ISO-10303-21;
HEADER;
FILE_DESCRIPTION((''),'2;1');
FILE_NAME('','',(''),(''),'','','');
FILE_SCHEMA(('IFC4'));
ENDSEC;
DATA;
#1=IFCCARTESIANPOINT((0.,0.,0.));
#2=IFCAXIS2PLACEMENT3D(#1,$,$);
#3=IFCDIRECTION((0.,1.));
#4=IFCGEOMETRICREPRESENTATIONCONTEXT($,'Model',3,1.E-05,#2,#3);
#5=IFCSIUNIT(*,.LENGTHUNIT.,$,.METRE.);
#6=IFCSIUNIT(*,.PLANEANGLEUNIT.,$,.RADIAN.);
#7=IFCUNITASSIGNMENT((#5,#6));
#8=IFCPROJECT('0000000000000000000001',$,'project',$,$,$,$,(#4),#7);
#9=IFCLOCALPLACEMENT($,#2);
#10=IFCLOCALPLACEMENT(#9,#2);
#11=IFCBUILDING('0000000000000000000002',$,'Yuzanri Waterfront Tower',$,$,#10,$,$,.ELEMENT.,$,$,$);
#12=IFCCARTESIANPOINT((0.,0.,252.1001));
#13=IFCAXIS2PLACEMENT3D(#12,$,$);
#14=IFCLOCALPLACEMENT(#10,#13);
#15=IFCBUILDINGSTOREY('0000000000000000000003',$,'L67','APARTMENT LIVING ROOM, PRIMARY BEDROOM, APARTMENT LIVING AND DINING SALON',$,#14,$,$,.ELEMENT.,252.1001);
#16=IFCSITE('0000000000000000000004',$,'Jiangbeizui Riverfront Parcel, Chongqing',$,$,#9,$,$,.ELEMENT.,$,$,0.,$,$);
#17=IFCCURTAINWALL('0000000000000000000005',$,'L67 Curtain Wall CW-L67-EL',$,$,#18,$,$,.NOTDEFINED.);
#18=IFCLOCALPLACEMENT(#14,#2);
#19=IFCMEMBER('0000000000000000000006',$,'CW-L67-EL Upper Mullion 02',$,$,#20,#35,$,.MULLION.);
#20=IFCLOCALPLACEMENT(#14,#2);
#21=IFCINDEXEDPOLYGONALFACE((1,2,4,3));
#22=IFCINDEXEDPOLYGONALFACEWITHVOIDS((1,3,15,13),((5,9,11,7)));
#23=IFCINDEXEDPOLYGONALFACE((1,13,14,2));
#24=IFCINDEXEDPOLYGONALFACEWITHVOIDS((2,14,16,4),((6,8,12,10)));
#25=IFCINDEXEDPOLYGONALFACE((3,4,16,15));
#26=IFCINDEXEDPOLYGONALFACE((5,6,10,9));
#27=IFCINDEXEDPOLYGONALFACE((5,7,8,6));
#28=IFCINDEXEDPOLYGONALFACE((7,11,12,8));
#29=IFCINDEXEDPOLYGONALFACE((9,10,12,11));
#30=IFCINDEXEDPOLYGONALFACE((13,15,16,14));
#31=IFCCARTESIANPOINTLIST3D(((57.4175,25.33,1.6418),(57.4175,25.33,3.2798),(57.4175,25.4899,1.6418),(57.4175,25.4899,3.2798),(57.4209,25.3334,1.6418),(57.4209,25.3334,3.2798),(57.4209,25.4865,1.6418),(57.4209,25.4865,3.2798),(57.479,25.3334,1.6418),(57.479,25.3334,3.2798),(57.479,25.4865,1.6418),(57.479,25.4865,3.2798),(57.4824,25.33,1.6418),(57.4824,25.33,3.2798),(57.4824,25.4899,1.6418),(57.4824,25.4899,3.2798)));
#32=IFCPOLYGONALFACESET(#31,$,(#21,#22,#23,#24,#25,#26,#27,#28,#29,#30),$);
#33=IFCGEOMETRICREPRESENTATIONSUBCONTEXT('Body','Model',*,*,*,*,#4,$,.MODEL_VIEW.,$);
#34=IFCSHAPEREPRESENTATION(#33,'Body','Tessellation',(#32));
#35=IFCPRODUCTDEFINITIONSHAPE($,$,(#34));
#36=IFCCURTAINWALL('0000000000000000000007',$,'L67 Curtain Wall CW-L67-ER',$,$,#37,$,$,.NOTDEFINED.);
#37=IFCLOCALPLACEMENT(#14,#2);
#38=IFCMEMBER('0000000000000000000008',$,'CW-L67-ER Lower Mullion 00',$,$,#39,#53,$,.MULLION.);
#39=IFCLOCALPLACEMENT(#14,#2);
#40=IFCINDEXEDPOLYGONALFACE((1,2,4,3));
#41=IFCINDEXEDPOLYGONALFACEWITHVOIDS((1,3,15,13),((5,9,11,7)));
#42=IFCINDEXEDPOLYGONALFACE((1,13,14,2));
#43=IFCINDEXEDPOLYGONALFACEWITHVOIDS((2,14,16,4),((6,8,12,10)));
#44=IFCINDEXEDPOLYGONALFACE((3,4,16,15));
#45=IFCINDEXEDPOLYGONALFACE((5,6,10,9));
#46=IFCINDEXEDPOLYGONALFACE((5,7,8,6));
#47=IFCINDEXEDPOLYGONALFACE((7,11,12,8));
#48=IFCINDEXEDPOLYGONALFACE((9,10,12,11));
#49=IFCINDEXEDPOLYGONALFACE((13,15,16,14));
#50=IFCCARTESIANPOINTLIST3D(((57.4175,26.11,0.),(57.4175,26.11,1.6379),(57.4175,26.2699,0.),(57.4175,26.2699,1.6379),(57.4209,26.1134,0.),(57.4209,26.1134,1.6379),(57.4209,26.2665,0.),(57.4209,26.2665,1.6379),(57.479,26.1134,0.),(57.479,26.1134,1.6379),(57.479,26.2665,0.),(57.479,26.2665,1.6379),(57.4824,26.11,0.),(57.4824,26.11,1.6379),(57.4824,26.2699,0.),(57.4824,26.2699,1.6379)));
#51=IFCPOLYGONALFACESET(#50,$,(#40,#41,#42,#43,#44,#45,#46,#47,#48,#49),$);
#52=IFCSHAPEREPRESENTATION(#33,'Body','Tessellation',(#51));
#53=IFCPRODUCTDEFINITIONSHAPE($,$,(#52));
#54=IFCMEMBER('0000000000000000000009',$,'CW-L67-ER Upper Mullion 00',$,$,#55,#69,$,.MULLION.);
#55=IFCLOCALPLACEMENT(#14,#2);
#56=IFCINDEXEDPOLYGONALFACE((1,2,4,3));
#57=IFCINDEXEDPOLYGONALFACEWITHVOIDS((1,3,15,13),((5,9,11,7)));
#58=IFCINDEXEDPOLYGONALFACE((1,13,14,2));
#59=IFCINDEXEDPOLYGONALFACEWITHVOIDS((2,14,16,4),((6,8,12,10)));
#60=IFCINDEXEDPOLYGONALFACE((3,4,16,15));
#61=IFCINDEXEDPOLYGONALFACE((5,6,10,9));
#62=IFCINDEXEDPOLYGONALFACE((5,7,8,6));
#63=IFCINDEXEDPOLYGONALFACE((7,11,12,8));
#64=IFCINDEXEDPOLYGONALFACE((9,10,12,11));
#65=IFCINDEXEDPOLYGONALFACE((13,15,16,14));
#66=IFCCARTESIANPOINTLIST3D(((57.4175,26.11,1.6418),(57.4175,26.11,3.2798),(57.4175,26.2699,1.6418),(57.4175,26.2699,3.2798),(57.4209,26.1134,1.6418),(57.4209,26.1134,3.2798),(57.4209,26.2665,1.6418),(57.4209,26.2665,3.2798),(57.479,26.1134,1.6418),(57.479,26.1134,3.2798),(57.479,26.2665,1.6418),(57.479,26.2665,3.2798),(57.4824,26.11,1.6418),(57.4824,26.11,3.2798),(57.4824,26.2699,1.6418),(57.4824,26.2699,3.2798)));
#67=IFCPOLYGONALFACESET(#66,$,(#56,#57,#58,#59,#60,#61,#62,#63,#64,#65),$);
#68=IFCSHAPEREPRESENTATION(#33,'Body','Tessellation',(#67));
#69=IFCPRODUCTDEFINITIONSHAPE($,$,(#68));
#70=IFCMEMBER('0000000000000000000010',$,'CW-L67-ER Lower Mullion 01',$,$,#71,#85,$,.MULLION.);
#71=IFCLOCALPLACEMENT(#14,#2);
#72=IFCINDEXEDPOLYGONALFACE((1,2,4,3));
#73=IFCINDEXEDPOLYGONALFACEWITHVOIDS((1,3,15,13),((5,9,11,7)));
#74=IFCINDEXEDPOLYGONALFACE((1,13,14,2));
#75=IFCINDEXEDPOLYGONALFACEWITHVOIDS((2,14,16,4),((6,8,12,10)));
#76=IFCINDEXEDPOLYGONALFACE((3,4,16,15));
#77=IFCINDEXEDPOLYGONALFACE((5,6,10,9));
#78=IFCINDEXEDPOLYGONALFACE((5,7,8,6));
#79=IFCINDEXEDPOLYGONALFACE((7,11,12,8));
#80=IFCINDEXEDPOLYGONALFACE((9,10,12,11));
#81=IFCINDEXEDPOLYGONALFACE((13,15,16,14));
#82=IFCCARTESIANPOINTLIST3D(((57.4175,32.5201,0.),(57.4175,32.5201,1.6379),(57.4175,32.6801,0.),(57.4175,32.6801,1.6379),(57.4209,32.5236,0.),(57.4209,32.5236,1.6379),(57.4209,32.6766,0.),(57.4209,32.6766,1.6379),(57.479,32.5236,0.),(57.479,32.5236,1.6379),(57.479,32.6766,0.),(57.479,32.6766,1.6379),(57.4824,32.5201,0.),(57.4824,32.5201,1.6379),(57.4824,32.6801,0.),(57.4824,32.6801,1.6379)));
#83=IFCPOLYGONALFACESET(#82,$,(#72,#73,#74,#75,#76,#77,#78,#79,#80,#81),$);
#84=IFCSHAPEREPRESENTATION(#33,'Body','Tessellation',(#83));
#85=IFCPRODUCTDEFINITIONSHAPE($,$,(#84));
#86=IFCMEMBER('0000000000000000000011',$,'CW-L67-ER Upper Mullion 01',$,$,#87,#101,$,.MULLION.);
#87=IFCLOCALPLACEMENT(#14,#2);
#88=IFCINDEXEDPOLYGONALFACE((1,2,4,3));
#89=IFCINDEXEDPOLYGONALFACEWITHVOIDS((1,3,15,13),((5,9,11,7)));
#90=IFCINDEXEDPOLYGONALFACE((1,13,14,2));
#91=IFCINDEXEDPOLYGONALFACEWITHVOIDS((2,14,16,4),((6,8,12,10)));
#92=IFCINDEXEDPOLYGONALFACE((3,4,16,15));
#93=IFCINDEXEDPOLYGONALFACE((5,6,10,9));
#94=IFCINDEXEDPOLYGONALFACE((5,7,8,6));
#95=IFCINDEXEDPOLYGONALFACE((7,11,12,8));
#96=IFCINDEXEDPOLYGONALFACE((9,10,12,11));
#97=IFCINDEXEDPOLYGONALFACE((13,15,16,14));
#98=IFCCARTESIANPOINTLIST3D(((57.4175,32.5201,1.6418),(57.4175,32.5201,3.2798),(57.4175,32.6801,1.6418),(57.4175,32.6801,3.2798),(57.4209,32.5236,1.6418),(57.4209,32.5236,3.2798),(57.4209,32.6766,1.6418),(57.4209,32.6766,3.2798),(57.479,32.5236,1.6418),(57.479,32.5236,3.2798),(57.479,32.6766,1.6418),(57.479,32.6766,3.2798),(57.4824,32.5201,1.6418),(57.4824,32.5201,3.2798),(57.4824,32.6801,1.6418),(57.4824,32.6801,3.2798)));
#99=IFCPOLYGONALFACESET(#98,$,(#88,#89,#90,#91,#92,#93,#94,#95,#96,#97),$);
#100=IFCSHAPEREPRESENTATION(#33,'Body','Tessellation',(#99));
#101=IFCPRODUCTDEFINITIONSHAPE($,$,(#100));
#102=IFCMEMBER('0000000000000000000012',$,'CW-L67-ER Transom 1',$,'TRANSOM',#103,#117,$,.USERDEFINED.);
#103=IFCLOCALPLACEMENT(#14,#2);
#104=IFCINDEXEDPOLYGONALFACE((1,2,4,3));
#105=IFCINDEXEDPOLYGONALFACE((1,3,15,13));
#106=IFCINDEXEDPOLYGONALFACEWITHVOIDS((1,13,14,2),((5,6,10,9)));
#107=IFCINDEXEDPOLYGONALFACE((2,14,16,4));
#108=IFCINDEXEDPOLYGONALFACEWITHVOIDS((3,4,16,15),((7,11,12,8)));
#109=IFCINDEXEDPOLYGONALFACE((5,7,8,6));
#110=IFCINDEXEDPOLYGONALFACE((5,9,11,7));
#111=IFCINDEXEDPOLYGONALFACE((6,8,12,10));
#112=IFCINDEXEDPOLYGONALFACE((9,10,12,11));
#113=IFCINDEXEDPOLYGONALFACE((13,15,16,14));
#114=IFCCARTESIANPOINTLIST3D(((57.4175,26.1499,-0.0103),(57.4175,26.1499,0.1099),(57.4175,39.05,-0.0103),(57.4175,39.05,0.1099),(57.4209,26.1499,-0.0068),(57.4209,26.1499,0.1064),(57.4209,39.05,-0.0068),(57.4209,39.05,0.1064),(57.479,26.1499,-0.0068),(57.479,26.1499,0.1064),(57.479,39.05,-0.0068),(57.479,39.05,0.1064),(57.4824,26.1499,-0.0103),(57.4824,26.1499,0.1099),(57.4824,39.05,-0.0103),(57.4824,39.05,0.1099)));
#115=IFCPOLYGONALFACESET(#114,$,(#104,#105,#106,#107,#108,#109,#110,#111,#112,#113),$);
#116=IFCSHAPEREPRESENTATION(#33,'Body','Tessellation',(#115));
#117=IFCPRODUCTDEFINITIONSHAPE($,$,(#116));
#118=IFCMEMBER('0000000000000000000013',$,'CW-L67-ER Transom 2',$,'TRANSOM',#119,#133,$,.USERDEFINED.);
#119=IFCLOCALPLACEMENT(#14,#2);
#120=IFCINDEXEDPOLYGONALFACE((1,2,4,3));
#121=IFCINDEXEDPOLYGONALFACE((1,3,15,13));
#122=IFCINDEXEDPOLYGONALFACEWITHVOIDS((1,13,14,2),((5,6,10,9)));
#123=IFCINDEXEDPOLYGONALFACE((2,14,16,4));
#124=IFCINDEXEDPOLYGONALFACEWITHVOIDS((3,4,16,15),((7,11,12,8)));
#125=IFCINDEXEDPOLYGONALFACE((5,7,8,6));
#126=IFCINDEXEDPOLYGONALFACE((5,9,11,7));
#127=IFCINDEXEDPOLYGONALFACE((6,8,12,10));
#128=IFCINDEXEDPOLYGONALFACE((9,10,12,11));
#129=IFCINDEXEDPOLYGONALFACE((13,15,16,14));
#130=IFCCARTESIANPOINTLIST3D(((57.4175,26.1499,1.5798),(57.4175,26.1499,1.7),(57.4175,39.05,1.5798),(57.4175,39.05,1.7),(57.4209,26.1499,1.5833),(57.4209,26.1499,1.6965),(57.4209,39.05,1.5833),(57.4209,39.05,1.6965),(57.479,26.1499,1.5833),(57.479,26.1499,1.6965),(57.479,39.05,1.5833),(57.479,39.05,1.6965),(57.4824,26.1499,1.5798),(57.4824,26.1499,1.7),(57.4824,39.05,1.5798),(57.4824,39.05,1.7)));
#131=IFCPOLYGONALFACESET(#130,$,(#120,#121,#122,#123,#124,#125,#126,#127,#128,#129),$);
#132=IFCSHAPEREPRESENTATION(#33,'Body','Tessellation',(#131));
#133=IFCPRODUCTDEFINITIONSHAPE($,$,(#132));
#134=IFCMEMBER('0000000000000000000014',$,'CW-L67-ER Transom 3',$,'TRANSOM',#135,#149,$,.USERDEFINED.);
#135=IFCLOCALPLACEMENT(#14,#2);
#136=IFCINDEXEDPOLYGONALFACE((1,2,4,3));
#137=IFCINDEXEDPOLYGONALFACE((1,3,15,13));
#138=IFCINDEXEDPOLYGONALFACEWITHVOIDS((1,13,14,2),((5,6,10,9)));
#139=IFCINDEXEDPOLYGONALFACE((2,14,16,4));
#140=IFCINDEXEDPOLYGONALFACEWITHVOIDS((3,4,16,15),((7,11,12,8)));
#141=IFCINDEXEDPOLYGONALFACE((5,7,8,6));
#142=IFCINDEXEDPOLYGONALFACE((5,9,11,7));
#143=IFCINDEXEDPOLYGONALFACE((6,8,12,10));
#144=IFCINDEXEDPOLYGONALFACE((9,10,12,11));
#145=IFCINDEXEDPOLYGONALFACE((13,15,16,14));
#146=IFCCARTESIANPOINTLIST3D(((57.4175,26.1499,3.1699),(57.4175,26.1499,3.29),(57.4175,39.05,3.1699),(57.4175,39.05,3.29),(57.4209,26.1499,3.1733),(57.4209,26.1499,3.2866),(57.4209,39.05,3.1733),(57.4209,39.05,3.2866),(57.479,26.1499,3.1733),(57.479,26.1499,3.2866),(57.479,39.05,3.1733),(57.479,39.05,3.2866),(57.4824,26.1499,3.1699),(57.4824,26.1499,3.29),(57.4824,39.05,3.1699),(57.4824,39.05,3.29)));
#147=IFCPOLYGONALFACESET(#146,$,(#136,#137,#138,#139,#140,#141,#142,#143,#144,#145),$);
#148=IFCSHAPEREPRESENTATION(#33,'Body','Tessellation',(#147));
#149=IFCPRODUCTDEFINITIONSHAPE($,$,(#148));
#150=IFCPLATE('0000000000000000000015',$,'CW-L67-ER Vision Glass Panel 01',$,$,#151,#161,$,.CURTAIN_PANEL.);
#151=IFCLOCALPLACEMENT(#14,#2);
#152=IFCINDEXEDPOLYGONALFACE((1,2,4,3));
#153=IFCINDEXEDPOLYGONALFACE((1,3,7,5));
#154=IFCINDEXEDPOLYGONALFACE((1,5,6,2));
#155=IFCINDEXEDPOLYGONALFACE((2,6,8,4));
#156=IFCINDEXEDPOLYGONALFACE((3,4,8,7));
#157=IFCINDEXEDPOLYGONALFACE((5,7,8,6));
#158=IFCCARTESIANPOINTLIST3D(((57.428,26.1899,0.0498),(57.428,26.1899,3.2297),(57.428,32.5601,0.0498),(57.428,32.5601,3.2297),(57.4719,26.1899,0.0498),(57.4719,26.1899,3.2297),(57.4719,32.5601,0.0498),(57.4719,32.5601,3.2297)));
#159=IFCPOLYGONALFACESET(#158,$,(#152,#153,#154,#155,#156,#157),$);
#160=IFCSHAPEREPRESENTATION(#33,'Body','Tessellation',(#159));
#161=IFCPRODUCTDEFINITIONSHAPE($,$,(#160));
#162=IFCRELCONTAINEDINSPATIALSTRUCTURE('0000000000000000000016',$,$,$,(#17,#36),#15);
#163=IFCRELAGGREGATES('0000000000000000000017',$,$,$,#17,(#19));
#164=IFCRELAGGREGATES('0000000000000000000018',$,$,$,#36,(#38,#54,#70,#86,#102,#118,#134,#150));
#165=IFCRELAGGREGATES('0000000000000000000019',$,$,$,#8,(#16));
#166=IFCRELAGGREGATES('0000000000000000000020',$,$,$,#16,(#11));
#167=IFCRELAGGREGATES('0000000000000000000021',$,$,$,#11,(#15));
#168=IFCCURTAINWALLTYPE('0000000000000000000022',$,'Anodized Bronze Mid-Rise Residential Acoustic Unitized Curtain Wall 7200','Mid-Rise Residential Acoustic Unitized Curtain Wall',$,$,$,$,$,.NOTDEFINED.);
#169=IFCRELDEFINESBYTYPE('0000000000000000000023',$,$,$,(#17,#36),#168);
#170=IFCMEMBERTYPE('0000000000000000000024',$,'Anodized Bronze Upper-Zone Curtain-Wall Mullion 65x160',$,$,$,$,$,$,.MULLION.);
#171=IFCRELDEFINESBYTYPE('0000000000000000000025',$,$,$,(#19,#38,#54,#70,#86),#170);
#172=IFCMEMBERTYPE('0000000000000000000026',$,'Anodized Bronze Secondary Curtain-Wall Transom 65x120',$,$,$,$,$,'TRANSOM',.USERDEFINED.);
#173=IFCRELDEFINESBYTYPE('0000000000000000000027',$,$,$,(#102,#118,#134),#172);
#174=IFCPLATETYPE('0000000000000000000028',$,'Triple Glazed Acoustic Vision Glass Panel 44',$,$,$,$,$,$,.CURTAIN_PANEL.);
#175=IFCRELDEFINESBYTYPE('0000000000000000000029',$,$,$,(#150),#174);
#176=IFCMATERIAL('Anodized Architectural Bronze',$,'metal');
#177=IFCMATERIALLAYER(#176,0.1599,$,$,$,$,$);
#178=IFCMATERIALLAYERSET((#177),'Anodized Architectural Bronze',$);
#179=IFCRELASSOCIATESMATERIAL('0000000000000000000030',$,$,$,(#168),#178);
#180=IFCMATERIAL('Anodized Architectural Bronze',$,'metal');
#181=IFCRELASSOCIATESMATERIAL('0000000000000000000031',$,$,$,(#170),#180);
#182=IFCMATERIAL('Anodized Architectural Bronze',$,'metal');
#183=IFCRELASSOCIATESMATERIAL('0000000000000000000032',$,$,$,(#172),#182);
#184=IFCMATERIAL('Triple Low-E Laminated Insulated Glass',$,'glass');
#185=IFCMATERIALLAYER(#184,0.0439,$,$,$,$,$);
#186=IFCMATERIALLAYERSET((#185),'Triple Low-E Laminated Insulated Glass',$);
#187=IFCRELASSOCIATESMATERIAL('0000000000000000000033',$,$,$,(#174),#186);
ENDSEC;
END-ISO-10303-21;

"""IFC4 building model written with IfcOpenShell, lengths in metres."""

from ifc_helpers import new_model, si_unit, direction, frame, origin, origin_2d, place, context, subcontext, project, spatial, rectangle, hollow_rectangle, extrude, source, transform, mapped, material, layer, layer_set, material_profile, profile_set, type_object, element, aggregate, save


model = new_model("IFC4")

# Units and contexts
model_context = context("Model", 3, precision=1e-05, world=origin(), true_north=direction((0.0, 1.0)))
body_context = subcontext(model_context, "Body", "Model", "MODEL_VIEW")
ifc_project = project(units=[si_unit("LENGTHUNIT", "METRE"), si_unit("PLANEANGLEUNIT", "RADIAN")], contexts=[model_context])

# Site, building, storey
site_placement = place(None, origin())
site = spatial("IfcSite", under=ifc_project, at=site_placement, Name="Jiangbeizui Riverfront Parcel, Chongqing", CompositionType="ELEMENT", RefElevation=0.0)
building_placement = place(site_placement, origin())
building = spatial("IfcBuilding", under=site, at=building_placement, Name="Yuzanri Waterfront Tower", CompositionType="ELEMENT")
storey_placement = place(building_placement, frame((0.0, 0.0, 252.1001)))
storey = spatial("IfcBuildingStorey", under=building, at=storey_placement, Name="L67", Description="APARTMENT LIVING ROOM, PRIMARY BEDROOM, APARTMENT LIVING AND DINING SALON", CompositionType="ELEMENT", Elevation=252.1001)

# Curtain wall, member
ifc_material_1 = material(Name="Anodized Architectural Bronze", Category="metal")
ifc_layer_1 = layer(ifc_material_1, 0.1599)
ifc_layer_set_1 = layer_set([ifc_layer_1], Name="Anodized Architectural Bronze")
curtain_wall_type = type_object("IfcCurtainWallType", Name="Anodized Bronze Mid-Rise Residential Acoustic Unitized Curtain Wall 7200", Description="Mid-Rise Residential Acoustic Unitized Curtain Wall", PredefinedType="NOTDEFINED", material=ifc_layer_set_1)
curtain_wall_1_placement = place(storey_placement, origin())
curtain_wall_1 = element("IfcCurtainWall", 1, at=curtain_wall_1_placement, inside=storey, type_object=curtain_wall_type, Name="L67 Curtain Wall CW-L67-EL", PredefinedType="NOTDEFINED")
ifc_material_2 = material(Name="Anodized Architectural Bronze", Category="metal")
ifc_material_profile_1 = material_profile(ifc_material_2, hollow_rectangle(XDim=0.0649, YDim=0.1599, WallThickness=0.0034, at=origin_2d()), Name="CWM 65x160")
ifc_profile_set_1 = profile_set([ifc_material_profile_1], Name="Anodized Architectural Bronze")
member_type_1 = type_object("IfcMemberType", Name="Anodized Bronze Upper-Zone Curtain-Wall Mullion 65x160", PredefinedType="MULLION", material=ifc_profile_set_1)
shared_shape_1 = source(origin(), body_context, "Body", "SweptSolid", [
    extrude(hollow_rectangle(XDim=0.0649, YDim=0.1599, WallThickness=0.0034, at=origin_2d()), origin(), (0.0, 0.0, 1.0), 1.6379),
])
member_1_placement = place(storey_placement, frame((57.45, 25.4099, 1.6418), z_axis=(0.0, 0.0, 1.0), x_axis=(1.0, 0.0, 0.0)))
member_1 = element("IfcMember", 2, at=member_1_placement, type_object=member_type_1, Name="CW-L67-EL Upper Mullion 02", PredefinedType="MULLION", context=body_context, shape_type="MappedRepresentation", body=[
    mapped(shared_shape_1, transform((0.0, 0.0, 0.0), scale=1.0)),
])
aggregate(curtain_wall_1, [member_1])

# Curtain wall, members, plate
curtain_wall_2_placement = place(storey_placement, origin())
curtain_wall_2 = element("IfcCurtainWall", 3, at=curtain_wall_2_placement, inside=storey, type_object=curtain_wall_type, Name="L67 Curtain Wall CW-L67-ER", PredefinedType="NOTDEFINED")
member_2_placement = place(storey_placement, frame((57.45, 26.1899, 0.0), z_axis=(0.0, 0.0, 1.0), x_axis=(1.0, 0.0, 0.0)))
member_2 = element("IfcMember", 4, at=member_2_placement, type_object=member_type_1, Name="CW-L67-ER Lower Mullion 00", PredefinedType="MULLION", context=body_context, shape_type="MappedRepresentation", body=[
    mapped(shared_shape_1, transform((0.0, 0.0, 0.0), scale=1.0)),
])
member_3_placement = place(storey_placement, frame((57.45, 26.1899, 1.6418), z_axis=(0.0, 0.0, 1.0), x_axis=(1.0, 0.0, 0.0)))
member_3 = element("IfcMember", 5, at=member_3_placement, type_object=member_type_1, Name="CW-L67-ER Upper Mullion 00", PredefinedType="MULLION", context=body_context, shape_type="MappedRepresentation", body=[
    mapped(shared_shape_1, transform((0.0, 0.0, 0.0), scale=1.0)),
])
member_4_placement = place(storey_placement, frame((57.45, 32.6001, 0.0), z_axis=(0.0, 0.0, 1.0), x_axis=(1.0, 0.0, 0.0)))
member_4 = element("IfcMember", 6, at=member_4_placement, type_object=member_type_1, Name="CW-L67-ER Lower Mullion 01", PredefinedType="MULLION", context=body_context, shape_type="MappedRepresentation", body=[
    mapped(shared_shape_1, transform((0.0, 0.0, 0.0), scale=1.0)),
])
member_5_placement = place(storey_placement, frame((57.45, 32.6001, 1.6418), z_axis=(0.0, 0.0, 1.0), x_axis=(1.0, 0.0, 0.0)))
member_5 = element("IfcMember", 7, at=member_5_placement, type_object=member_type_1, Name="CW-L67-ER Upper Mullion 01", PredefinedType="MULLION", context=body_context, shape_type="MappedRepresentation", body=[
    mapped(shared_shape_1, transform((0.0, 0.0, 0.0), scale=1.0)),
])
ifc_material_3 = material(Name="Anodized Architectural Bronze", Category="metal")
ifc_material_profile_2 = material_profile(ifc_material_3, hollow_rectangle(XDim=0.0649, YDim=0.1201, WallThickness=0.0034, at=origin_2d()), Name="CWT 65x120")
ifc_profile_set_2 = profile_set([ifc_material_profile_2], Name="Anodized Architectural Bronze")
member_type_2 = type_object("IfcMemberType", Name="Anodized Bronze Secondary Curtain-Wall Transom 65x120", ElementType="TRANSOM", PredefinedType="USERDEFINED", material=ifc_profile_set_2)
shared_shape_2 = source(origin(), body_context, "Body", "SweptSolid", [
    extrude(hollow_rectangle(XDim=0.0649, YDim=0.1201, WallThickness=0.0034, at=origin_2d()), origin(), (0.0, 0.0, 1.0), 12.9001),
])
member_6_placement = place(storey_placement, frame((57.45, 26.1499, 0.0498), z_axis=(0.0, 1.0, 0.0), x_axis=(-1.0, 0.0, 0.0)))
member_6 = element("IfcMember", 8, at=member_6_placement, type_object=member_type_2, Name="CW-L67-ER Transom 1", ObjectType="TRANSOM", PredefinedType="USERDEFINED", context=body_context, shape_type="MappedRepresentation", body=[
    mapped(shared_shape_2, transform((0.0, 0.0, 0.0), scale=1.0)),
])
member_7_placement = place(storey_placement, frame((57.45, 26.1499, 1.6399), z_axis=(0.0, 1.0, 0.0), x_axis=(-1.0, 0.0, 0.0)))
member_7 = element("IfcMember", 9, at=member_7_placement, type_object=member_type_2, Name="CW-L67-ER Transom 2", ObjectType="TRANSOM", PredefinedType="USERDEFINED", context=body_context, shape_type="MappedRepresentation", body=[
    mapped(shared_shape_2, transform((0.0, 0.0, 0.0), scale=1.0)),
])
member_8_placement = place(storey_placement, frame((57.45, 26.1499, 3.23), z_axis=(0.0, 1.0, 0.0), x_axis=(-1.0, 0.0, 0.0)))
member_8 = element("IfcMember", 10, at=member_8_placement, type_object=member_type_2, Name="CW-L67-ER Transom 3", ObjectType="TRANSOM", PredefinedType="USERDEFINED", context=body_context, shape_type="MappedRepresentation", body=[
    mapped(shared_shape_2, transform((0.0, 0.0, 0.0), scale=1.0)),
])
ifc_material_4 = material(Name="Triple Low-E Laminated Insulated Glass", Category="glass")
ifc_layer_2 = layer(ifc_material_4, 0.0439)
ifc_layer_set_2 = layer_set([ifc_layer_2], Name="Triple Low-E Laminated Insulated Glass")
plate_type = type_object("IfcPlateType", Name="Triple Glazed Acoustic Vision Glass Panel 44", PredefinedType="CURTAIN_PANEL", material=ifc_layer_set_2)
shared_shape_3 = source(origin(), body_context, "Body", "SweptSolid", [
    extrude(rectangle(XDim=6.3701, YDim=0.0439, at=origin_2d()), origin(), (0.0, 0.0, 1.0), 3.1799),
])
plate_placement = place(storey_placement, frame((57.45, 29.375, 0.0498), z_axis=(0.0, 0.0, 1.0), x_axis=(0.0, 1.0, 0.0)))
plate = element("IfcPlate", 11, at=plate_placement, type_object=plate_type, Name="CW-L67-ER Vision Glass Panel 01", PredefinedType="CURTAIN_PANEL", context=body_context, shape_type="MappedRepresentation", body=[
    mapped(shared_shape_3, transform((0.0, 0.0, 0.0), scale=1.0)),
])
aggregate(curtain_wall_2, [member_2, member_3, member_4, member_5, member_6, member_7, member_8, plate])

save(model, "model.ifc")
